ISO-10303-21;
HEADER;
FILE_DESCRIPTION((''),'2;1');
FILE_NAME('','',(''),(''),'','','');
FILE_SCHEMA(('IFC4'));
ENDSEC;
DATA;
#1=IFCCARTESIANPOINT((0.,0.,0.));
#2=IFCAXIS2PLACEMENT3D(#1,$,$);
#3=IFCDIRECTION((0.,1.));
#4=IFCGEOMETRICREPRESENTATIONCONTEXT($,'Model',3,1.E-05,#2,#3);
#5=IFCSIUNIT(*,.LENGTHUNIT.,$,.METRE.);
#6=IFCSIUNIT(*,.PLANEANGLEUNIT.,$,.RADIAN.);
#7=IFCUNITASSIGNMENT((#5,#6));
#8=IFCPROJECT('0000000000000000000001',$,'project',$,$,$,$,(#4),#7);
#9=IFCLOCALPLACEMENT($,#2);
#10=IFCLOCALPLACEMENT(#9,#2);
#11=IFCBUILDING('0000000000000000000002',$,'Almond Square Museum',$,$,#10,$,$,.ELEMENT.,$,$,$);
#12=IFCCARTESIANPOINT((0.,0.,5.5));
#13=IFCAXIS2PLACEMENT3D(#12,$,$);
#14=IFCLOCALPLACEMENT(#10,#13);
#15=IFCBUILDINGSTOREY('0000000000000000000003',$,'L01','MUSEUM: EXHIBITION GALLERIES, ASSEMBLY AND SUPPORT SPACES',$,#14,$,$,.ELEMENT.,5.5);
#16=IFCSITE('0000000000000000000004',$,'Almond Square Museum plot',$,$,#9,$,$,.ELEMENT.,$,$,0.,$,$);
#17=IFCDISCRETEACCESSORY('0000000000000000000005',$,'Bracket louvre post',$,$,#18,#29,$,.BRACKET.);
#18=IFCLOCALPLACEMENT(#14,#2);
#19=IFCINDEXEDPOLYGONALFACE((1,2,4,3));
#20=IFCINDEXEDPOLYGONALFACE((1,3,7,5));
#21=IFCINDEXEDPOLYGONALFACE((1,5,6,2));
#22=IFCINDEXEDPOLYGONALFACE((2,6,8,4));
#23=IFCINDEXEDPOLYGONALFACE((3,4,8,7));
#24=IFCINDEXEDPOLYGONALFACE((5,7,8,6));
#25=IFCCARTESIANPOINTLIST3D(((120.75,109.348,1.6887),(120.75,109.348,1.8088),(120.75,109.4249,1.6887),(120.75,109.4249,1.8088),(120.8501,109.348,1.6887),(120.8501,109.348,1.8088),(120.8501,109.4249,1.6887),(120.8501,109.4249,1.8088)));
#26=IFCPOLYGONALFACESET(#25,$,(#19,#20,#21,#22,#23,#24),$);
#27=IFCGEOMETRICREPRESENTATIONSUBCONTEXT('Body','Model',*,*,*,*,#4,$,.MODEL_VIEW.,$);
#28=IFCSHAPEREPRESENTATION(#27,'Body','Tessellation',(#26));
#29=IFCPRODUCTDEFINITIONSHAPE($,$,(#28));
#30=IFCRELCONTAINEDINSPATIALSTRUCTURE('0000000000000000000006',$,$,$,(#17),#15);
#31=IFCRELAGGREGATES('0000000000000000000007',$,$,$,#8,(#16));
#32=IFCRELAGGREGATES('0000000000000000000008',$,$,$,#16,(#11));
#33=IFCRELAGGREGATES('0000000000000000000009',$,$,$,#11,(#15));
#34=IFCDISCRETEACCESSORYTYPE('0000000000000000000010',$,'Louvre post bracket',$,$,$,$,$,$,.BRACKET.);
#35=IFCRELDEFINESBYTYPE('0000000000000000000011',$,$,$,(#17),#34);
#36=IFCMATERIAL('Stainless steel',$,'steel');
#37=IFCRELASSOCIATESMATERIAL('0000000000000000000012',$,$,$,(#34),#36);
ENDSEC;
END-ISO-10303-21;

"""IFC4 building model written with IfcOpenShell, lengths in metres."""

from ifc_helpers import new_model, si_unit, direction, frame, origin, origin_2d, place, context, subcontext, project, spatial, rectangle, extrude, material, type_object, element, save


model = new_model("IFC4")

# Units and contexts
model_context = context("Model", 3, precision=1e-05, world=origin(), true_north=direction((0.0, 1.0)))
body_context = subcontext(model_context, "Body", "Model", "MODEL_VIEW")
ifc_project = project(units=[si_unit("LENGTHUNIT", "METRE"), si_unit("PLANEANGLEUNIT", "RADIAN")], contexts=[model_context])

# Site, building, storey
site_placement = place(None, origin())
site = spatial("IfcSite", under=ifc_project, at=site_placement, Name="Almond Square Museum plot", CompositionType="ELEMENT", RefElevation=0.0)
building_placement = place(site_placement, origin())
building = spatial("IfcBuilding", under=site, at=building_placement, Name="Almond Square Museum", CompositionType="ELEMENT")
storey_placement = place(building_placement, frame((0.0, 0.0, 5.5)))
storey = spatial("IfcBuildingStorey", under=building, at=storey_placement, Name="L01", Description="MUSEUM: EXHIBITION GALLERIES, ASSEMBLY AND SUPPORT SPACES", CompositionType="ELEMENT", Elevation=5.5)

# Discrete accessory
ifc_material_1 = material(Name="Stainless steel", Category="steel")
discrete_accessory_type = type_object("IfcDiscreteAccessoryType", Name="Louvre post bracket", PredefinedType="BRACKET", material=ifc_material_1)
discrete_accessory_1_placement = place(storey_placement, frame((120.8, 109.3865, 1.6887), z_axis=(0.0, 0.0, 1.0), x_axis=(1.0, 0.0, 0.0)))
element("IfcDiscreteAccessory", 1, at=discrete_accessory_1_placement, inside=storey, type_object=discrete_accessory_type, Name="Bracket louvre post", PredefinedType="BRACKET", context=body_context, shape_type="SweptSolid", body=[
    extrude(rectangle(XDim=0.1001, YDim=0.0769, at=origin_2d()), origin(), (0.0, 0.0, 1.0), 0.1201),
])

save(model, "model.ifc")
